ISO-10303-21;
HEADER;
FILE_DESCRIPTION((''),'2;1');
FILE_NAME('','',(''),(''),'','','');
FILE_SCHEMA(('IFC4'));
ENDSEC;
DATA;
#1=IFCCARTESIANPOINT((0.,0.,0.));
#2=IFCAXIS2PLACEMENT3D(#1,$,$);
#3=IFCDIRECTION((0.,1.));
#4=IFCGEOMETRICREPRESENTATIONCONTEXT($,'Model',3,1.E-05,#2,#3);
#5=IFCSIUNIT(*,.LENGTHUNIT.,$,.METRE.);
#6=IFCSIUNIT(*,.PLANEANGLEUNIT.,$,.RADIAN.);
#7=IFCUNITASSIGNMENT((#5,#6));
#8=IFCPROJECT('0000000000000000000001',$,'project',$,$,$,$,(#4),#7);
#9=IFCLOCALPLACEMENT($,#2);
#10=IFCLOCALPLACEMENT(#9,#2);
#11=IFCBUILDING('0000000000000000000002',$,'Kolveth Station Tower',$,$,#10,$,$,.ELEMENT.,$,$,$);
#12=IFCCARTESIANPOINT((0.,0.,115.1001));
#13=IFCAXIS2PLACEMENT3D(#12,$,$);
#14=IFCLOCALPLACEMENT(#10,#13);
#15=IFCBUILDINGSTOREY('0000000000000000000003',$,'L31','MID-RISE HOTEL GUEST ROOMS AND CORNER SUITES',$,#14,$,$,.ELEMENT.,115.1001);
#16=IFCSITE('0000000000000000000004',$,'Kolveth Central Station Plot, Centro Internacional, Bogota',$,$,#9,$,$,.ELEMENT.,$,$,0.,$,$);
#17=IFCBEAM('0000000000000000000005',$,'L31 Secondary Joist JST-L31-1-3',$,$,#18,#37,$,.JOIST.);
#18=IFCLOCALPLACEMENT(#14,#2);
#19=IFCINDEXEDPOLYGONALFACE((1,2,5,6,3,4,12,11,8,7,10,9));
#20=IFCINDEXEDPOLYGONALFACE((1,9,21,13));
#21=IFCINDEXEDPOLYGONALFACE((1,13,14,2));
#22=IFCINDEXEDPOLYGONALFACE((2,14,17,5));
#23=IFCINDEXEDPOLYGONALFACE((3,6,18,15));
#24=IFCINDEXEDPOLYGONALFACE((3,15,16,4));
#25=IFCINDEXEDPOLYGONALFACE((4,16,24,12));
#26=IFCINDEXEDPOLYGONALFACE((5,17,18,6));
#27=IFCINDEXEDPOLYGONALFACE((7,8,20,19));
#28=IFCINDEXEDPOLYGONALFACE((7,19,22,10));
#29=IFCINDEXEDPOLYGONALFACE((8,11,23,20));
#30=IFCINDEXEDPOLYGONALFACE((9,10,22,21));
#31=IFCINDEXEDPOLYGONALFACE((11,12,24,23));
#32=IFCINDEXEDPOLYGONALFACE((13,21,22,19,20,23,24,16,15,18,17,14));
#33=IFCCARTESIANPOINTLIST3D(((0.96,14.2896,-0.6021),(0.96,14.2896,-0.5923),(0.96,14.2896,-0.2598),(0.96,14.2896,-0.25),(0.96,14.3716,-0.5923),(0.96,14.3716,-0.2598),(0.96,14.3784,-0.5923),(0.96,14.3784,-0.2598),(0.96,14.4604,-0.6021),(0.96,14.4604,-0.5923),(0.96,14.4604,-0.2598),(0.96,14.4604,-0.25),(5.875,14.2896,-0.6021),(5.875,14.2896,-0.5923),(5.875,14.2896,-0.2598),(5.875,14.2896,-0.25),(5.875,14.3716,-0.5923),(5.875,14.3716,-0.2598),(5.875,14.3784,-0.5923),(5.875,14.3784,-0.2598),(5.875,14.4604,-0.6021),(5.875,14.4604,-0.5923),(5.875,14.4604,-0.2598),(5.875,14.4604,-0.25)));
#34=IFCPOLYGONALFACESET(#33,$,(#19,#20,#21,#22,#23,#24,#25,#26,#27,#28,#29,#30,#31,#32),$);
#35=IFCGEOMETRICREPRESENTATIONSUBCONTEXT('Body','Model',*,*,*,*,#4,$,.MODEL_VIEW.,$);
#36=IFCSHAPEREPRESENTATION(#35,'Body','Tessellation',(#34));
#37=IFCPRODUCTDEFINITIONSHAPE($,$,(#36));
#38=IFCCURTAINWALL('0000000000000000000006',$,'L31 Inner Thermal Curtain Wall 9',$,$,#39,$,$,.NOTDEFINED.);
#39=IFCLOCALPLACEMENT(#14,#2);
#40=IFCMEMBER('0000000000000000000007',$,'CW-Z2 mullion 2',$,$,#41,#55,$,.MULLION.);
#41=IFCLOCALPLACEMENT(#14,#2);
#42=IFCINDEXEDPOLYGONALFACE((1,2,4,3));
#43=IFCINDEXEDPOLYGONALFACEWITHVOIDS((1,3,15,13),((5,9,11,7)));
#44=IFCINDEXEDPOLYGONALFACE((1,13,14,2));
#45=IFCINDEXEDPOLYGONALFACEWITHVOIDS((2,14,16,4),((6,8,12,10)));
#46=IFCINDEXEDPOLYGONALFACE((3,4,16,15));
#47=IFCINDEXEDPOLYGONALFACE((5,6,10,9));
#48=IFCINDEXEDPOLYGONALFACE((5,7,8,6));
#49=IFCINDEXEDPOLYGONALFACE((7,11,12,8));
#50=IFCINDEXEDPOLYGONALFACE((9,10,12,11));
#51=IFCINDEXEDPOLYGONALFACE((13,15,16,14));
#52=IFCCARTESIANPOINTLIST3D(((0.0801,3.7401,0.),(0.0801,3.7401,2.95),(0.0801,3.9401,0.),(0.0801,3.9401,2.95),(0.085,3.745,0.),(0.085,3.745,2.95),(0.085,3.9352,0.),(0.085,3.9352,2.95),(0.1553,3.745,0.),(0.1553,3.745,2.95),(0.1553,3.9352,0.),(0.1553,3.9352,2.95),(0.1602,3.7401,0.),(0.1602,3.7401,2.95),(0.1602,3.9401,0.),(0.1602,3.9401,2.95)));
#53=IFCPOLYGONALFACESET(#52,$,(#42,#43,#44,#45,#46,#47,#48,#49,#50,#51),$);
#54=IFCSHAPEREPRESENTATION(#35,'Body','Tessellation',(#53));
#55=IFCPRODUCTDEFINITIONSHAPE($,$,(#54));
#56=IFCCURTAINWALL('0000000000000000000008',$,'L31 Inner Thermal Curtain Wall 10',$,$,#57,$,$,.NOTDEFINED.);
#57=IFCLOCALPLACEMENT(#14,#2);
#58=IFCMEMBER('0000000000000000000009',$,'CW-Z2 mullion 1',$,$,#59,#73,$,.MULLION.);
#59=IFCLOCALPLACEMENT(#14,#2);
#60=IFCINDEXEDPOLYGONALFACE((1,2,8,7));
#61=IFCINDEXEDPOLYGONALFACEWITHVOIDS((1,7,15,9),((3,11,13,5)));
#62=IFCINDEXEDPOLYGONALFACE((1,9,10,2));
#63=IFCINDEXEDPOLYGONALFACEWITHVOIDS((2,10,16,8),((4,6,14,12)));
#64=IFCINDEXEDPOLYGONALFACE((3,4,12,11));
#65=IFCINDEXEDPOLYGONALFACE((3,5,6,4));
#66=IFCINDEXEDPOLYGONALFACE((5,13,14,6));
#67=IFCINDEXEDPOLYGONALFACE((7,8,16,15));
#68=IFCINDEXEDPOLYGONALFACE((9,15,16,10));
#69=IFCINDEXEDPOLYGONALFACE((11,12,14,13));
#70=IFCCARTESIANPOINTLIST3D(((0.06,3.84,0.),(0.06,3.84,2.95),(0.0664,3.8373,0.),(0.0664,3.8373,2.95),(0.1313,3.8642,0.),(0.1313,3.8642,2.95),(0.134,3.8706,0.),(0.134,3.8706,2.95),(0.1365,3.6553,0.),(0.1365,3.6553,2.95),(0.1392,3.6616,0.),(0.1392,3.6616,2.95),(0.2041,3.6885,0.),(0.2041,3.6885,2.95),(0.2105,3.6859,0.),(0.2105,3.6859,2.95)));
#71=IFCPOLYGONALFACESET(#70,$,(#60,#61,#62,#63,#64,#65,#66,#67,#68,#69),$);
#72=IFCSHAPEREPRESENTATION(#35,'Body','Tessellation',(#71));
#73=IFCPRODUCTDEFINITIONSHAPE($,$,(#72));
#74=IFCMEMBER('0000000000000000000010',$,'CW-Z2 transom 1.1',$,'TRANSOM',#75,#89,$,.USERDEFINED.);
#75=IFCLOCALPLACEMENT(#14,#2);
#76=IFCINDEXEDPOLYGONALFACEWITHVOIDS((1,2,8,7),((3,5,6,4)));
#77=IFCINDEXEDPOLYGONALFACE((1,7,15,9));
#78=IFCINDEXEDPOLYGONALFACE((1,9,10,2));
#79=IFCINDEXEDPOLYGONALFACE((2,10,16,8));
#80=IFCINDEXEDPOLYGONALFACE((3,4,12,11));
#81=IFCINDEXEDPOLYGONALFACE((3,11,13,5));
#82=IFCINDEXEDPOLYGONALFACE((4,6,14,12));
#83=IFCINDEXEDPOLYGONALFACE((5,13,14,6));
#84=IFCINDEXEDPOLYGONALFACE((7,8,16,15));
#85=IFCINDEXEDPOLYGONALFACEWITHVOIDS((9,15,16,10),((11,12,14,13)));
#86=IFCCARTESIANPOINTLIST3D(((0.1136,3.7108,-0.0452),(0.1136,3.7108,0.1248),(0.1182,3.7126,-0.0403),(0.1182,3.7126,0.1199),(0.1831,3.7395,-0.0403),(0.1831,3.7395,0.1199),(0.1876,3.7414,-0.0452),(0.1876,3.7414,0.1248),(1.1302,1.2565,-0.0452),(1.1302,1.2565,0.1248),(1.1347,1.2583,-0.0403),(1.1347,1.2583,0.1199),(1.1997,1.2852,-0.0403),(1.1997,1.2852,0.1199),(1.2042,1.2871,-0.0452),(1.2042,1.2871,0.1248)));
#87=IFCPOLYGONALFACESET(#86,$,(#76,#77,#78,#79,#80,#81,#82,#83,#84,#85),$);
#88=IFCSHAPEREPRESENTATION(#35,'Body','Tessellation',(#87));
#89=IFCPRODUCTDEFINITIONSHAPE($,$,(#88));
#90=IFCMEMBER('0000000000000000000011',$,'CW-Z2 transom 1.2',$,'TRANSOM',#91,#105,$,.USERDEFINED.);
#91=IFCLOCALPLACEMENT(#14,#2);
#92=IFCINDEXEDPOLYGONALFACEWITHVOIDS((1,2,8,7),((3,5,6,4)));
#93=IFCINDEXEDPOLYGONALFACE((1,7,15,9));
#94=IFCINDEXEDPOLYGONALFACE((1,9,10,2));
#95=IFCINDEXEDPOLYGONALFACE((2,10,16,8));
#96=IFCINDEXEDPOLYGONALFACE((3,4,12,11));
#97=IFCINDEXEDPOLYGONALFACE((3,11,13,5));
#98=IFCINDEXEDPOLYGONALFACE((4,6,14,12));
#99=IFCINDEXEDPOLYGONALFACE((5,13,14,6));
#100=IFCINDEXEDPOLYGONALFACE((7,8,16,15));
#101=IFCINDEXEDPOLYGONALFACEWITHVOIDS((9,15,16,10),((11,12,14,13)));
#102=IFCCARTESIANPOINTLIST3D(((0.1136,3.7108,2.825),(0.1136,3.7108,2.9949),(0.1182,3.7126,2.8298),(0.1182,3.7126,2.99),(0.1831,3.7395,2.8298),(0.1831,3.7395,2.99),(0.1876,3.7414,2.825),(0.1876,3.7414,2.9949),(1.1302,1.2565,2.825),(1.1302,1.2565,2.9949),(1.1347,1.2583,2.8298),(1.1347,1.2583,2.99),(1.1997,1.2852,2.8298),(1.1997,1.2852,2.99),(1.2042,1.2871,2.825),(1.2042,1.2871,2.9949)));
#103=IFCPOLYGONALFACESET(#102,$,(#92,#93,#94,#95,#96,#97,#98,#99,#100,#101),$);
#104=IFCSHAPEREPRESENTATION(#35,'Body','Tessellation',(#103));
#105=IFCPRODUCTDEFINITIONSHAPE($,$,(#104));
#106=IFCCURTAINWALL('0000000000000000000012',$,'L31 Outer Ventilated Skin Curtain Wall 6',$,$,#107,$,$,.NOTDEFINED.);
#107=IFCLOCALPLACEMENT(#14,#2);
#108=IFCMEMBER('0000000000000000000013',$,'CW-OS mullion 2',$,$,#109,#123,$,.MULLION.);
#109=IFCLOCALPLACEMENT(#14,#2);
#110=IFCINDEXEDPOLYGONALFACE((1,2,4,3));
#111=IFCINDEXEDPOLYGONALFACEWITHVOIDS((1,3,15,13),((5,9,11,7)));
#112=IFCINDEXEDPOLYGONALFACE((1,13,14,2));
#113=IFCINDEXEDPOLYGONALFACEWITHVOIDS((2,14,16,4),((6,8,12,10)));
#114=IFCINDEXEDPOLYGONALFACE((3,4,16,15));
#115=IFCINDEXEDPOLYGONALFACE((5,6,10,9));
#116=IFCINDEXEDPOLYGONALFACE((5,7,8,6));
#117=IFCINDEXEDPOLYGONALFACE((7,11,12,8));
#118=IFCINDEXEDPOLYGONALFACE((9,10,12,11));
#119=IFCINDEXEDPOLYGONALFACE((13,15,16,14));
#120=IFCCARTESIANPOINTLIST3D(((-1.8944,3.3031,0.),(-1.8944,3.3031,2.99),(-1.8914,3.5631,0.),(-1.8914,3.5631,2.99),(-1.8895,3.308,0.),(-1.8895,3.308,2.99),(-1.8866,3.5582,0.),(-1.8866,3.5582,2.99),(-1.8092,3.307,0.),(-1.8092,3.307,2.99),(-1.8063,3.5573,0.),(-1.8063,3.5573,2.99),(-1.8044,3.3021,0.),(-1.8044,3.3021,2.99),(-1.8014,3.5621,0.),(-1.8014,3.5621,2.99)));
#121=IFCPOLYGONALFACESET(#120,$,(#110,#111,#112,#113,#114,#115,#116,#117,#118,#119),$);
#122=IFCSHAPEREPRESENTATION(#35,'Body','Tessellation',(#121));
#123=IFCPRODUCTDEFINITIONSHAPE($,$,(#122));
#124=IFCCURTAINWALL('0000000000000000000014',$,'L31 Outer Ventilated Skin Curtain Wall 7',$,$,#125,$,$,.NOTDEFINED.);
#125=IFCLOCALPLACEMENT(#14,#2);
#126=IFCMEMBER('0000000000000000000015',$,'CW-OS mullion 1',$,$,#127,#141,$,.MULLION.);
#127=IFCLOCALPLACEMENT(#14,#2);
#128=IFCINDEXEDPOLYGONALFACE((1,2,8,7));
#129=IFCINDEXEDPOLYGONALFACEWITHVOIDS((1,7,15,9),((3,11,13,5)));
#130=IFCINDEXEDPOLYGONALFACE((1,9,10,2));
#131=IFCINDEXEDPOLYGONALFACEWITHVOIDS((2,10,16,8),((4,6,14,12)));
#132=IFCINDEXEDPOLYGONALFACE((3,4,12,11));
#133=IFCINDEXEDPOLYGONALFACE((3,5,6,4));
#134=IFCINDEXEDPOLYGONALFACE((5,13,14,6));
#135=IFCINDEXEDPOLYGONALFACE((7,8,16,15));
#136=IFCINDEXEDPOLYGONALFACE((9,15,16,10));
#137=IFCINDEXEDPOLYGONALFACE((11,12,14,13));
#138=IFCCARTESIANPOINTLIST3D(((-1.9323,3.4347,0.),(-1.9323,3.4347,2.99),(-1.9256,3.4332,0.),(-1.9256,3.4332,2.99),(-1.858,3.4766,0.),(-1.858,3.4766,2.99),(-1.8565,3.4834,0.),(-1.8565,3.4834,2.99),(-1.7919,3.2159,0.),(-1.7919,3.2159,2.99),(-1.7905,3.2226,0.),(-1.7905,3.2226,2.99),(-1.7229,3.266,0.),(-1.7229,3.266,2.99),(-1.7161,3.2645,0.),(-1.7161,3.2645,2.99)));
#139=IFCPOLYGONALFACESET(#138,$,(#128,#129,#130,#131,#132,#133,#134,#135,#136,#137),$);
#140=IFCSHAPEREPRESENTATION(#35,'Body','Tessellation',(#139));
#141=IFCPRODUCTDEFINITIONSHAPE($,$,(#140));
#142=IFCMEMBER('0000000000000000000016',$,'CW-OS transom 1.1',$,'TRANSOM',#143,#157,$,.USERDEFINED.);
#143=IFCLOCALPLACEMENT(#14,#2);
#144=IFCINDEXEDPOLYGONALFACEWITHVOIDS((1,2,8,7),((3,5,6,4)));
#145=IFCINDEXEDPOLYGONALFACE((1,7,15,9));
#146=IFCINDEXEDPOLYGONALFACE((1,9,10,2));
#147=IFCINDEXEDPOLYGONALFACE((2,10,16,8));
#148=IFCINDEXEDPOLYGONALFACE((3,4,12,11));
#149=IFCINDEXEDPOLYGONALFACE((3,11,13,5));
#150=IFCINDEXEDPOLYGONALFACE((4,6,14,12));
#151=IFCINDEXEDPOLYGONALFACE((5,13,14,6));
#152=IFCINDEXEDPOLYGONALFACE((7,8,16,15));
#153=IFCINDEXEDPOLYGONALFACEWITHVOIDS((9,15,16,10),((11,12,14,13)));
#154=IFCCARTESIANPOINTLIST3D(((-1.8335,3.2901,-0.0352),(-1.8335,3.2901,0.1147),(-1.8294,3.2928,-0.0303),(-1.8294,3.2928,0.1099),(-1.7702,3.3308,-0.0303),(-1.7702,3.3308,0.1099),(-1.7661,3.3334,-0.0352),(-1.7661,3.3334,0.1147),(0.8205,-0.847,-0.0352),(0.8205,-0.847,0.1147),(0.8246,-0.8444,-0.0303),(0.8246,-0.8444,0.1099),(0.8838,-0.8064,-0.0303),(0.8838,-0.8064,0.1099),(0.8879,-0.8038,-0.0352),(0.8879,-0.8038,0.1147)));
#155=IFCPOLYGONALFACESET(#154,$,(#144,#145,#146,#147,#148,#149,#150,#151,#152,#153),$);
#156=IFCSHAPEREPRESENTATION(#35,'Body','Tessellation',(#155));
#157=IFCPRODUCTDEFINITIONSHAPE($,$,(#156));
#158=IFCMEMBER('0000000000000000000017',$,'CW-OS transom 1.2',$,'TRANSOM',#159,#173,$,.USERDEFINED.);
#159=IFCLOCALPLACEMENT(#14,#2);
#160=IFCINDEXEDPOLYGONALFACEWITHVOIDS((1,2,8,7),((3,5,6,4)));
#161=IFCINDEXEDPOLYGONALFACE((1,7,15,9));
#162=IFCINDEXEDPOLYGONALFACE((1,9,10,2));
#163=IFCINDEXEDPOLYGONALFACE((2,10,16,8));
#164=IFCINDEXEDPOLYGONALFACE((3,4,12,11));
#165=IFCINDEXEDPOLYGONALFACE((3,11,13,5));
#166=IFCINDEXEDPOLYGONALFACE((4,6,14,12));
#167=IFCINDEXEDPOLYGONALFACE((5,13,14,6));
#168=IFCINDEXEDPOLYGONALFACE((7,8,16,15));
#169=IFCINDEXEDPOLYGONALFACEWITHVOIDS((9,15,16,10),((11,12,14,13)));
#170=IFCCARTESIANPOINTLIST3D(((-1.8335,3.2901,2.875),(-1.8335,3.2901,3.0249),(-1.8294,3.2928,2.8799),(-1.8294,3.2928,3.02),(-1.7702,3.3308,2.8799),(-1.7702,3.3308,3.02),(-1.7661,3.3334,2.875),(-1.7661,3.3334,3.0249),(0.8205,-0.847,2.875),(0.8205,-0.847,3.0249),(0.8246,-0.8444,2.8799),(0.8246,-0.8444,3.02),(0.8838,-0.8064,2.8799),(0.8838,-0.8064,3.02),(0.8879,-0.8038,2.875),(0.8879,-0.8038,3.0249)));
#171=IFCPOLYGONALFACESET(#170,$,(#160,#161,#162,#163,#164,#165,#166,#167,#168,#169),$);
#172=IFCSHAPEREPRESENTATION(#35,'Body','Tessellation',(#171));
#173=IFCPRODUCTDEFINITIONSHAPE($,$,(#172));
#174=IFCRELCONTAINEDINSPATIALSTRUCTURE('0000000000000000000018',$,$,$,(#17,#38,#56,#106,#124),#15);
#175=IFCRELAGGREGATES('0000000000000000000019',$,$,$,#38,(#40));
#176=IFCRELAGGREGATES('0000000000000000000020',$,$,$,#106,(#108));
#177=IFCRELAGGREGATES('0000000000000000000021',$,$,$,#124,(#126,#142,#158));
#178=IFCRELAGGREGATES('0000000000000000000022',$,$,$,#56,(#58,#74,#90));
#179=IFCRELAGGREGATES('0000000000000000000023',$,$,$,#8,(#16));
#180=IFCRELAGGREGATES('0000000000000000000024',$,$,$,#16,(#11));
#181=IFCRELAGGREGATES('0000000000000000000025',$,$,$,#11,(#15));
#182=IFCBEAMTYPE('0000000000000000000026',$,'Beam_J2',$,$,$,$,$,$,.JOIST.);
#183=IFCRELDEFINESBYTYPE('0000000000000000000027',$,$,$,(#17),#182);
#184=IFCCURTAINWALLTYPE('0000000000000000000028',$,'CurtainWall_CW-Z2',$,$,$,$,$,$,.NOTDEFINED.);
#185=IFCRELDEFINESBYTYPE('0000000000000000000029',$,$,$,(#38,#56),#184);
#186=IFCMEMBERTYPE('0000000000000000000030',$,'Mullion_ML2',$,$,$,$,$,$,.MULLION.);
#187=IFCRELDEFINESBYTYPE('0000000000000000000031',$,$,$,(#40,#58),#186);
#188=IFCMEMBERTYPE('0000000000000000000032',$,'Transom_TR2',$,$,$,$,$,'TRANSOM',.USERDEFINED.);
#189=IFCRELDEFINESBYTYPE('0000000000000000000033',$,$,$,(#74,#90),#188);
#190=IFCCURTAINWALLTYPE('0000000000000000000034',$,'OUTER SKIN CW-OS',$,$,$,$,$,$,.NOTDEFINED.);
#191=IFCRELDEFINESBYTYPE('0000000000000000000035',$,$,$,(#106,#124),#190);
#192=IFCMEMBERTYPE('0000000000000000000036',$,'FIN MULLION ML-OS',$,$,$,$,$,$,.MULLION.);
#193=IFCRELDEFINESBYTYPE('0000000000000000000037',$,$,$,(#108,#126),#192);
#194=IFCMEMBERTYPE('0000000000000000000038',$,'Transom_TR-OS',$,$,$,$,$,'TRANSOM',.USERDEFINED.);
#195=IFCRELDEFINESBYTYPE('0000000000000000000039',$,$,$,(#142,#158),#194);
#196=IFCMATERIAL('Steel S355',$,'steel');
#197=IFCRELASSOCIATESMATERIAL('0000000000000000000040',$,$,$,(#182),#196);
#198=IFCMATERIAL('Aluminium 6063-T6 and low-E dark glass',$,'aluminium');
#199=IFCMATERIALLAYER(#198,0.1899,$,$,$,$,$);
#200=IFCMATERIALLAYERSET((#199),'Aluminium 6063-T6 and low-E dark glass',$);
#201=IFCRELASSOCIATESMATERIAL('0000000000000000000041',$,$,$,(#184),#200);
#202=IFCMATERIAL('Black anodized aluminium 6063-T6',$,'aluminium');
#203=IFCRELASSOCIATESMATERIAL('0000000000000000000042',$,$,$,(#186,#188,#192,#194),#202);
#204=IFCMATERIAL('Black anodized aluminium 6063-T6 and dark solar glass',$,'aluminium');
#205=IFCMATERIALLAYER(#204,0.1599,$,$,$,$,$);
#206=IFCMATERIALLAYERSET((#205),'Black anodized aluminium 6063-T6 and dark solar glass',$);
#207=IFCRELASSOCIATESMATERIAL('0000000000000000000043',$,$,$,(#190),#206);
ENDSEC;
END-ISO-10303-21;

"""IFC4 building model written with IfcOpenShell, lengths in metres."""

from ifc_helpers import new_model, si_unit, direction, frame, origin, origin_2d, place, context, subcontext, project, spatial, hollow_rectangle, i_section, extrude, source, transform, mapped, material, layer, layer_set, material_profile, profile_set, type_object, element, aggregate, save


model = new_model("IFC4")

# Units and contexts
model_context = context("Model", 3, precision=1e-05, world=origin(), true_north=direction((0.0, 1.0)))
body_context = subcontext(model_context, "Body", "Model", "MODEL_VIEW")
ifc_project = project(units=[si_unit("LENGTHUNIT", "METRE"), si_unit("PLANEANGLEUNIT", "RADIAN")], contexts=[model_context])

# Site, building, storey
site_placement = place(None, origin())
site = spatial("IfcSite", under=ifc_project, at=site_placement, Name="Kolveth Central Station Plot, Centro Internacional, Bogota", CompositionType="ELEMENT", RefElevation=0.0)
building_placement = place(site_placement, origin())
building = spatial("IfcBuilding", under=site, at=building_placement, Name="Kolveth Station Tower", CompositionType="ELEMENT")
storey_placement = place(building_placement, frame((0.0, 0.0, 115.1001)))
storey = spatial("IfcBuildingStorey", under=building, at=storey_placement, Name="L31", Description="MID-RISE HOTEL GUEST ROOMS AND CORNER SUITES", CompositionType="ELEMENT", Elevation=115.1001)

# Beam
ifc_material_1 = material(Name="Steel S355", Category="steel")
ifc_material_profile_1 = material_profile(ifc_material_1, i_section(OverallWidth=0.1709, OverallDepth=0.3521, WebThickness=0.0068, FlangeThickness=0.0098, at=origin_2d()), Name="W360x44")
ifc_profile_set_1 = profile_set([ifc_material_profile_1], Name="Steel S355")
beam_type_1 = type_object("IfcBeamType", Name="Beam_J2", PredefinedType="JOIST", material=ifc_profile_set_1)
shared_shape_1 = source(origin(), body_context, "Body", "SweptSolid", [
    extrude(i_section(OverallWidth=0.1709, OverallDepth=0.3521, WebThickness=0.0068, FlangeThickness=0.0098, at=origin_2d()), origin(), (0.0, 0.0, 1.0), 4.915),
])
for number, where, z_axis, x_axis, name in (
    (1, (0.96, 14.375, -0.426), (1.0, 0.0, 0.0), (0.0, 1.0, 0.0), "L31 Secondary Joist JST-L31-1-3"),
):
    element("IfcBeam", number, at=place(storey_placement, frame(where, z_axis=z_axis, x_axis=x_axis)), inside=storey, type_object=beam_type_1, Name=name, PredefinedType="JOIST", context=body_context, shape_type="MappedRepresentation", body=[
        mapped(shared_shape_1, transform((0.0, 0.0, 0.0), x_axis=(1.0, 0.0, 0.0), y_axis=(0.0, 1.0, 0.0), z_axis=(0.0, 0.0, 1.0), scale=1.0)),
    ])

# Curtain wall, member
ifc_material_2 = material(Name="Aluminium 6063-T6 and low-E dark glass", Category="aluminium")
ifc_layer_1 = layer(ifc_material_2, 0.1899)
ifc_layer_set_1 = layer_set([ifc_layer_1], Name="Aluminium 6063-T6 and low-E dark glass")
curtain_wall_type_1 = type_object("IfcCurtainWallType", Name="CurtainWall_CW-Z2", PredefinedType="NOTDEFINED", material=ifc_layer_set_1)
curtain_wall_1_placement = place(storey_placement, origin())
curtain_wall_1 = element("IfcCurtainWall", 2, at=curtain_wall_1_placement, inside=storey, type_object=curtain_wall_type_1, Name="L31 Inner Thermal Curtain Wall 9", PredefinedType="NOTDEFINED")
ifc_material_3 = material(Name="Black anodized aluminium 6063-T6", Category="aluminium")
ifc_material_profile_2 = material_profile(ifc_material_3, hollow_rectangle(XDim=0.0801, YDim=0.2, WallThickness=0.0049, at=origin_2d()), Name="ALU-80x200x5")
ifc_profile_set_2 = profile_set([ifc_material_profile_2], Name="Black anodized aluminium 6063-T6")
member_type_1 = type_object("IfcMemberType", Name="Mullion_ML2", PredefinedType="MULLION", material=ifc_profile_set_2)
shared_shape_2 = source(origin(), body_context, "Body", "SweptSolid", [
    extrude(hollow_rectangle(XDim=0.0801, YDim=0.2, WallThickness=0.0049, at=origin_2d()), origin(), (0.0, 0.0, 1.0), 2.95),
])
member_1_placement = place(storey_placement, frame((0.1201, 3.8401, 0.0), z_axis=(0.0, 0.0, 1.0), x_axis=(1.0, 0.0, 0.0)))
member_1 = element("IfcMember", 3, at=member_1_placement, type_object=member_type_1, Name="CW-Z2 mullion 2", PredefinedType="MULLION", context=body_context, shape_type="MappedRepresentation", body=[
    mapped(shared_shape_2, transform((0.0, 0.0, 0.0), x_axis=(1.0, 0.0, 0.0), y_axis=(0.0, 1.0, 0.0), z_axis=(0.0, 0.0, 1.0), scale=1.0)),
])
aggregate(curtain_wall_1, [member_1])

# Curtain wall, members
curtain_wall_2_placement = place(storey_placement, origin())
curtain_wall_2 = element("IfcCurtainWall", 4, at=curtain_wall_2_placement, inside=storey, type_object=curtain_wall_type_1, Name="L31 Inner Thermal Curtain Wall 10", PredefinedType="NOTDEFINED")
member_2_placement = place(storey_placement, frame((0.1353, 3.7629, 0.0), z_axis=(0.0, 0.0, 1.0), x_axis=(0.923888, 0.382663, 0.0)))
member_2 = element("IfcMember", 5, at=member_2_placement, type_object=member_type_1, Name="CW-Z2 mullion 1", PredefinedType="MULLION", context=body_context, shape_type="MappedRepresentation", body=[
    mapped(shared_shape_2, transform((0.0, 0.0, 0.0), x_axis=(1.0, 0.0, 0.0), y_axis=(0.0, 1.0, 0.0), z_axis=(0.0, 0.0, 1.0), scale=1.0)),
])
ifc_material_profile_3 = material_profile(ifc_material_3, hollow_rectangle(XDim=0.0801, YDim=0.1699, WallThickness=0.0049, at=origin_2d()), Name="ALU-80x170x5")
ifc_profile_set_3 = profile_set([ifc_material_profile_3], Name="Black anodized aluminium 6063-T6")
member_type_2 = type_object("IfcMemberType", Name="Transom_TR2", ElementType="TRANSOM", PredefinedType="USERDEFINED", material=ifc_profile_set_3)
shared_shape_3 = source(origin(), body_context, "Body", "SweptSolid", [
    extrude(hollow_rectangle(XDim=0.0801, YDim=0.1699, WallThickness=0.0049, at=origin_2d()), origin(), (0.0, 0.0, 1.0), 2.6565),
])
member_3_placement = place(storey_placement, frame((0.1506, 3.7261, 0.0398), z_axis=(0.382676, -0.923882, 0.0), x_axis=(0.923882, 0.382676, 0.0)))
member_3 = element("IfcMember", 6, at=member_3_placement, type_object=member_type_2, Name="CW-Z2 transom 1.1", ObjectType="TRANSOM", PredefinedType="USERDEFINED", context=body_context, shape_type="MappedRepresentation", body=[
    mapped(shared_shape_3, transform((0.0, 0.0, 0.0), x_axis=(1.0, 0.0, 0.0), y_axis=(0.0, 1.0, 0.0), z_axis=(0.0, 0.0, 1.0), scale=1.0)),
])
member_4_placement = place(storey_placement, frame((0.1506, 3.7261, 2.9099), z_axis=(0.382676, -0.923882, 0.0), x_axis=(0.923882, 0.382676, 0.0)))
member_4 = element("IfcMember", 7, at=member_4_placement, type_object=member_type_2, Name="CW-Z2 transom 1.2", ObjectType="TRANSOM", PredefinedType="USERDEFINED", context=body_context, shape_type="MappedRepresentation", body=[
    mapped(shared_shape_3, transform((0.0, 0.0, 0.0), x_axis=(1.0, 0.0, 0.0), y_axis=(0.0, 1.0, 0.0), z_axis=(0.0, 0.0, 1.0), scale=1.0)),
])

# Curtain wall, member
ifc_material_4 = material(Name="Black anodized aluminium 6063-T6 and dark solar glass", Category="aluminium")
ifc_layer_2 = layer(ifc_material_4, 0.1599)
ifc_layer_set_2 = layer_set([ifc_layer_2], Name="Black anodized aluminium 6063-T6 and dark solar glass")
curtain_wall_type_2 = type_object("IfcCurtainWallType", Name="OUTER SKIN CW-OS", PredefinedType="NOTDEFINED", material=ifc_layer_set_2)
curtain_wall_3_placement = place(storey_placement, origin())
curtain_wall_3 = element("IfcCurtainWall", 8, at=curtain_wall_3_placement, inside=storey, type_object=curtain_wall_type_2, Name="L31 Outer Ventilated Skin Curtain Wall 6", PredefinedType="NOTDEFINED")
ifc_material_profile_4 = material_profile(ifc_material_3, hollow_rectangle(XDim=0.0901, YDim=0.26, WallThickness=0.0049, at=origin_2d()), Name="ALU-90x260x5")
ifc_profile_set_4 = profile_set([ifc_material_profile_4], Name="Black anodized aluminium 6063-T6")
member_type_3 = type_object("IfcMemberType", Name="FIN MULLION ML-OS", PredefinedType="MULLION", material=ifc_profile_set_4)
shared_shape_4 = source(origin(), body_context, "Body", "SweptSolid", [
    extrude(hollow_rectangle(XDim=0.0901, YDim=0.26, WallThickness=0.0049, at=origin_2d()), origin(), (0.0, 0.0, 1.0), 2.99),
])
member_5_placement = place(storey_placement, frame((-1.8479, 3.4326, 0.0), z_axis=(0.0, 0.0, 1.0), x_axis=(0.999933, -0.011546, 0.0)))
member_5 = element("IfcMember", 9, at=member_5_placement, type_object=member_type_3, Name="CW-OS mullion 2", PredefinedType="MULLION", context=body_context, shape_type="MappedRepresentation", body=[
    mapped(shared_shape_4, transform((0.0, 0.0, 0.0), x_axis=(1.0, 0.0, 0.0), y_axis=(0.0, 1.0, 0.0), z_axis=(0.0, 0.0, 1.0), scale=1.0)),
])
aggregate(curtain_wall_3, [member_5])

# Curtain wall, members
curtain_wall_4_placement = place(storey_placement, origin())
curtain_wall_4 = element("IfcCurtainWall", 10, at=curtain_wall_4_placement, inside=storey, type_object=curtain_wall_type_2, Name="L31 Outer Ventilated Skin Curtain Wall 7", PredefinedType="NOTDEFINED")
member_6_placement = place(storey_placement, frame((-1.8242, 3.3496, 0.0), z_axis=(0.0, 0.0, 1.0), x_axis=(0.84168, 0.539977, 0.0)))
member_6 = element("IfcMember", 11, at=member_6_placement, type_object=member_type_3, Name="CW-OS mullion 1", PredefinedType="MULLION", context=body_context, shape_type="MappedRepresentation", body=[
    mapped(shared_shape_4, transform((0.0, 0.0, 0.0), x_axis=(1.0, 0.0, 0.0), y_axis=(0.0, 1.0, 0.0), z_axis=(0.0, 0.0, 1.0), scale=1.0)),
])
ifc_material_profile_5 = material_profile(ifc_material_3, hollow_rectangle(XDim=0.0801, YDim=0.1499, WallThickness=0.0049, at=origin_2d()), Name="ALU-80x150x5")
ifc_profile_set_5 = profile_set([ifc_material_profile_5], Name="Black anodized aluminium 6063-T6")
member_type_4 = type_object("IfcMemberType", Name="Transom_TR-OS", ElementType="TRANSOM", PredefinedType="USERDEFINED", material=ifc_profile_set_5)
shared_shape_5 = source(origin(), body_context, "Body", "SweptSolid", [
    extrude(hollow_rectangle(XDim=0.0801, YDim=0.1499, WallThickness=0.0049, at=origin_2d()), origin(), (0.0, 0.0, 1.0), 4.9153),
])
member_7_placement = place(storey_placement, frame((-1.7998, 3.3118, 0.0398), z_axis=(0.539954, -0.841695, 0.0), x_axis=(0.841695, 0.539954, 0.0)))
member_7 = element("IfcMember", 12, at=member_7_placement, type_object=member_type_4, Name="CW-OS transom 1.1", ObjectType="TRANSOM", PredefinedType="USERDEFINED", context=body_context, shape_type="MappedRepresentation", body=[
    mapped(shared_shape_5, transform((0.0, 0.0, 0.0), x_axis=(1.0, 0.0, 0.0), y_axis=(0.0, 1.0, 0.0), z_axis=(0.0, 0.0, 1.0), scale=1.0)),
])
member_8_placement = place(storey_placement, frame((-1.7998, 3.3118, 2.95), z_axis=(0.539954, -0.841695, 0.0), x_axis=(0.841695, 0.539954, 0.0)))
member_8 = element("IfcMember", 13, at=member_8_placement, type_object=member_type_4, Name="CW-OS transom 1.2", ObjectType="TRANSOM", PredefinedType="USERDEFINED", context=body_context, shape_type="MappedRepresentation", body=[
    mapped(shared_shape_5, transform((0.0, 0.0, 0.0), x_axis=(1.0, 0.0, 0.0), y_axis=(0.0, 1.0, 0.0), z_axis=(0.0, 0.0, 1.0), scale=1.0)),
])
aggregate(curtain_wall_4, [member_6, member_7, member_8])

aggregate(curtain_wall_2, [member_2, member_3, member_4])

save(model, "model.ifc")
